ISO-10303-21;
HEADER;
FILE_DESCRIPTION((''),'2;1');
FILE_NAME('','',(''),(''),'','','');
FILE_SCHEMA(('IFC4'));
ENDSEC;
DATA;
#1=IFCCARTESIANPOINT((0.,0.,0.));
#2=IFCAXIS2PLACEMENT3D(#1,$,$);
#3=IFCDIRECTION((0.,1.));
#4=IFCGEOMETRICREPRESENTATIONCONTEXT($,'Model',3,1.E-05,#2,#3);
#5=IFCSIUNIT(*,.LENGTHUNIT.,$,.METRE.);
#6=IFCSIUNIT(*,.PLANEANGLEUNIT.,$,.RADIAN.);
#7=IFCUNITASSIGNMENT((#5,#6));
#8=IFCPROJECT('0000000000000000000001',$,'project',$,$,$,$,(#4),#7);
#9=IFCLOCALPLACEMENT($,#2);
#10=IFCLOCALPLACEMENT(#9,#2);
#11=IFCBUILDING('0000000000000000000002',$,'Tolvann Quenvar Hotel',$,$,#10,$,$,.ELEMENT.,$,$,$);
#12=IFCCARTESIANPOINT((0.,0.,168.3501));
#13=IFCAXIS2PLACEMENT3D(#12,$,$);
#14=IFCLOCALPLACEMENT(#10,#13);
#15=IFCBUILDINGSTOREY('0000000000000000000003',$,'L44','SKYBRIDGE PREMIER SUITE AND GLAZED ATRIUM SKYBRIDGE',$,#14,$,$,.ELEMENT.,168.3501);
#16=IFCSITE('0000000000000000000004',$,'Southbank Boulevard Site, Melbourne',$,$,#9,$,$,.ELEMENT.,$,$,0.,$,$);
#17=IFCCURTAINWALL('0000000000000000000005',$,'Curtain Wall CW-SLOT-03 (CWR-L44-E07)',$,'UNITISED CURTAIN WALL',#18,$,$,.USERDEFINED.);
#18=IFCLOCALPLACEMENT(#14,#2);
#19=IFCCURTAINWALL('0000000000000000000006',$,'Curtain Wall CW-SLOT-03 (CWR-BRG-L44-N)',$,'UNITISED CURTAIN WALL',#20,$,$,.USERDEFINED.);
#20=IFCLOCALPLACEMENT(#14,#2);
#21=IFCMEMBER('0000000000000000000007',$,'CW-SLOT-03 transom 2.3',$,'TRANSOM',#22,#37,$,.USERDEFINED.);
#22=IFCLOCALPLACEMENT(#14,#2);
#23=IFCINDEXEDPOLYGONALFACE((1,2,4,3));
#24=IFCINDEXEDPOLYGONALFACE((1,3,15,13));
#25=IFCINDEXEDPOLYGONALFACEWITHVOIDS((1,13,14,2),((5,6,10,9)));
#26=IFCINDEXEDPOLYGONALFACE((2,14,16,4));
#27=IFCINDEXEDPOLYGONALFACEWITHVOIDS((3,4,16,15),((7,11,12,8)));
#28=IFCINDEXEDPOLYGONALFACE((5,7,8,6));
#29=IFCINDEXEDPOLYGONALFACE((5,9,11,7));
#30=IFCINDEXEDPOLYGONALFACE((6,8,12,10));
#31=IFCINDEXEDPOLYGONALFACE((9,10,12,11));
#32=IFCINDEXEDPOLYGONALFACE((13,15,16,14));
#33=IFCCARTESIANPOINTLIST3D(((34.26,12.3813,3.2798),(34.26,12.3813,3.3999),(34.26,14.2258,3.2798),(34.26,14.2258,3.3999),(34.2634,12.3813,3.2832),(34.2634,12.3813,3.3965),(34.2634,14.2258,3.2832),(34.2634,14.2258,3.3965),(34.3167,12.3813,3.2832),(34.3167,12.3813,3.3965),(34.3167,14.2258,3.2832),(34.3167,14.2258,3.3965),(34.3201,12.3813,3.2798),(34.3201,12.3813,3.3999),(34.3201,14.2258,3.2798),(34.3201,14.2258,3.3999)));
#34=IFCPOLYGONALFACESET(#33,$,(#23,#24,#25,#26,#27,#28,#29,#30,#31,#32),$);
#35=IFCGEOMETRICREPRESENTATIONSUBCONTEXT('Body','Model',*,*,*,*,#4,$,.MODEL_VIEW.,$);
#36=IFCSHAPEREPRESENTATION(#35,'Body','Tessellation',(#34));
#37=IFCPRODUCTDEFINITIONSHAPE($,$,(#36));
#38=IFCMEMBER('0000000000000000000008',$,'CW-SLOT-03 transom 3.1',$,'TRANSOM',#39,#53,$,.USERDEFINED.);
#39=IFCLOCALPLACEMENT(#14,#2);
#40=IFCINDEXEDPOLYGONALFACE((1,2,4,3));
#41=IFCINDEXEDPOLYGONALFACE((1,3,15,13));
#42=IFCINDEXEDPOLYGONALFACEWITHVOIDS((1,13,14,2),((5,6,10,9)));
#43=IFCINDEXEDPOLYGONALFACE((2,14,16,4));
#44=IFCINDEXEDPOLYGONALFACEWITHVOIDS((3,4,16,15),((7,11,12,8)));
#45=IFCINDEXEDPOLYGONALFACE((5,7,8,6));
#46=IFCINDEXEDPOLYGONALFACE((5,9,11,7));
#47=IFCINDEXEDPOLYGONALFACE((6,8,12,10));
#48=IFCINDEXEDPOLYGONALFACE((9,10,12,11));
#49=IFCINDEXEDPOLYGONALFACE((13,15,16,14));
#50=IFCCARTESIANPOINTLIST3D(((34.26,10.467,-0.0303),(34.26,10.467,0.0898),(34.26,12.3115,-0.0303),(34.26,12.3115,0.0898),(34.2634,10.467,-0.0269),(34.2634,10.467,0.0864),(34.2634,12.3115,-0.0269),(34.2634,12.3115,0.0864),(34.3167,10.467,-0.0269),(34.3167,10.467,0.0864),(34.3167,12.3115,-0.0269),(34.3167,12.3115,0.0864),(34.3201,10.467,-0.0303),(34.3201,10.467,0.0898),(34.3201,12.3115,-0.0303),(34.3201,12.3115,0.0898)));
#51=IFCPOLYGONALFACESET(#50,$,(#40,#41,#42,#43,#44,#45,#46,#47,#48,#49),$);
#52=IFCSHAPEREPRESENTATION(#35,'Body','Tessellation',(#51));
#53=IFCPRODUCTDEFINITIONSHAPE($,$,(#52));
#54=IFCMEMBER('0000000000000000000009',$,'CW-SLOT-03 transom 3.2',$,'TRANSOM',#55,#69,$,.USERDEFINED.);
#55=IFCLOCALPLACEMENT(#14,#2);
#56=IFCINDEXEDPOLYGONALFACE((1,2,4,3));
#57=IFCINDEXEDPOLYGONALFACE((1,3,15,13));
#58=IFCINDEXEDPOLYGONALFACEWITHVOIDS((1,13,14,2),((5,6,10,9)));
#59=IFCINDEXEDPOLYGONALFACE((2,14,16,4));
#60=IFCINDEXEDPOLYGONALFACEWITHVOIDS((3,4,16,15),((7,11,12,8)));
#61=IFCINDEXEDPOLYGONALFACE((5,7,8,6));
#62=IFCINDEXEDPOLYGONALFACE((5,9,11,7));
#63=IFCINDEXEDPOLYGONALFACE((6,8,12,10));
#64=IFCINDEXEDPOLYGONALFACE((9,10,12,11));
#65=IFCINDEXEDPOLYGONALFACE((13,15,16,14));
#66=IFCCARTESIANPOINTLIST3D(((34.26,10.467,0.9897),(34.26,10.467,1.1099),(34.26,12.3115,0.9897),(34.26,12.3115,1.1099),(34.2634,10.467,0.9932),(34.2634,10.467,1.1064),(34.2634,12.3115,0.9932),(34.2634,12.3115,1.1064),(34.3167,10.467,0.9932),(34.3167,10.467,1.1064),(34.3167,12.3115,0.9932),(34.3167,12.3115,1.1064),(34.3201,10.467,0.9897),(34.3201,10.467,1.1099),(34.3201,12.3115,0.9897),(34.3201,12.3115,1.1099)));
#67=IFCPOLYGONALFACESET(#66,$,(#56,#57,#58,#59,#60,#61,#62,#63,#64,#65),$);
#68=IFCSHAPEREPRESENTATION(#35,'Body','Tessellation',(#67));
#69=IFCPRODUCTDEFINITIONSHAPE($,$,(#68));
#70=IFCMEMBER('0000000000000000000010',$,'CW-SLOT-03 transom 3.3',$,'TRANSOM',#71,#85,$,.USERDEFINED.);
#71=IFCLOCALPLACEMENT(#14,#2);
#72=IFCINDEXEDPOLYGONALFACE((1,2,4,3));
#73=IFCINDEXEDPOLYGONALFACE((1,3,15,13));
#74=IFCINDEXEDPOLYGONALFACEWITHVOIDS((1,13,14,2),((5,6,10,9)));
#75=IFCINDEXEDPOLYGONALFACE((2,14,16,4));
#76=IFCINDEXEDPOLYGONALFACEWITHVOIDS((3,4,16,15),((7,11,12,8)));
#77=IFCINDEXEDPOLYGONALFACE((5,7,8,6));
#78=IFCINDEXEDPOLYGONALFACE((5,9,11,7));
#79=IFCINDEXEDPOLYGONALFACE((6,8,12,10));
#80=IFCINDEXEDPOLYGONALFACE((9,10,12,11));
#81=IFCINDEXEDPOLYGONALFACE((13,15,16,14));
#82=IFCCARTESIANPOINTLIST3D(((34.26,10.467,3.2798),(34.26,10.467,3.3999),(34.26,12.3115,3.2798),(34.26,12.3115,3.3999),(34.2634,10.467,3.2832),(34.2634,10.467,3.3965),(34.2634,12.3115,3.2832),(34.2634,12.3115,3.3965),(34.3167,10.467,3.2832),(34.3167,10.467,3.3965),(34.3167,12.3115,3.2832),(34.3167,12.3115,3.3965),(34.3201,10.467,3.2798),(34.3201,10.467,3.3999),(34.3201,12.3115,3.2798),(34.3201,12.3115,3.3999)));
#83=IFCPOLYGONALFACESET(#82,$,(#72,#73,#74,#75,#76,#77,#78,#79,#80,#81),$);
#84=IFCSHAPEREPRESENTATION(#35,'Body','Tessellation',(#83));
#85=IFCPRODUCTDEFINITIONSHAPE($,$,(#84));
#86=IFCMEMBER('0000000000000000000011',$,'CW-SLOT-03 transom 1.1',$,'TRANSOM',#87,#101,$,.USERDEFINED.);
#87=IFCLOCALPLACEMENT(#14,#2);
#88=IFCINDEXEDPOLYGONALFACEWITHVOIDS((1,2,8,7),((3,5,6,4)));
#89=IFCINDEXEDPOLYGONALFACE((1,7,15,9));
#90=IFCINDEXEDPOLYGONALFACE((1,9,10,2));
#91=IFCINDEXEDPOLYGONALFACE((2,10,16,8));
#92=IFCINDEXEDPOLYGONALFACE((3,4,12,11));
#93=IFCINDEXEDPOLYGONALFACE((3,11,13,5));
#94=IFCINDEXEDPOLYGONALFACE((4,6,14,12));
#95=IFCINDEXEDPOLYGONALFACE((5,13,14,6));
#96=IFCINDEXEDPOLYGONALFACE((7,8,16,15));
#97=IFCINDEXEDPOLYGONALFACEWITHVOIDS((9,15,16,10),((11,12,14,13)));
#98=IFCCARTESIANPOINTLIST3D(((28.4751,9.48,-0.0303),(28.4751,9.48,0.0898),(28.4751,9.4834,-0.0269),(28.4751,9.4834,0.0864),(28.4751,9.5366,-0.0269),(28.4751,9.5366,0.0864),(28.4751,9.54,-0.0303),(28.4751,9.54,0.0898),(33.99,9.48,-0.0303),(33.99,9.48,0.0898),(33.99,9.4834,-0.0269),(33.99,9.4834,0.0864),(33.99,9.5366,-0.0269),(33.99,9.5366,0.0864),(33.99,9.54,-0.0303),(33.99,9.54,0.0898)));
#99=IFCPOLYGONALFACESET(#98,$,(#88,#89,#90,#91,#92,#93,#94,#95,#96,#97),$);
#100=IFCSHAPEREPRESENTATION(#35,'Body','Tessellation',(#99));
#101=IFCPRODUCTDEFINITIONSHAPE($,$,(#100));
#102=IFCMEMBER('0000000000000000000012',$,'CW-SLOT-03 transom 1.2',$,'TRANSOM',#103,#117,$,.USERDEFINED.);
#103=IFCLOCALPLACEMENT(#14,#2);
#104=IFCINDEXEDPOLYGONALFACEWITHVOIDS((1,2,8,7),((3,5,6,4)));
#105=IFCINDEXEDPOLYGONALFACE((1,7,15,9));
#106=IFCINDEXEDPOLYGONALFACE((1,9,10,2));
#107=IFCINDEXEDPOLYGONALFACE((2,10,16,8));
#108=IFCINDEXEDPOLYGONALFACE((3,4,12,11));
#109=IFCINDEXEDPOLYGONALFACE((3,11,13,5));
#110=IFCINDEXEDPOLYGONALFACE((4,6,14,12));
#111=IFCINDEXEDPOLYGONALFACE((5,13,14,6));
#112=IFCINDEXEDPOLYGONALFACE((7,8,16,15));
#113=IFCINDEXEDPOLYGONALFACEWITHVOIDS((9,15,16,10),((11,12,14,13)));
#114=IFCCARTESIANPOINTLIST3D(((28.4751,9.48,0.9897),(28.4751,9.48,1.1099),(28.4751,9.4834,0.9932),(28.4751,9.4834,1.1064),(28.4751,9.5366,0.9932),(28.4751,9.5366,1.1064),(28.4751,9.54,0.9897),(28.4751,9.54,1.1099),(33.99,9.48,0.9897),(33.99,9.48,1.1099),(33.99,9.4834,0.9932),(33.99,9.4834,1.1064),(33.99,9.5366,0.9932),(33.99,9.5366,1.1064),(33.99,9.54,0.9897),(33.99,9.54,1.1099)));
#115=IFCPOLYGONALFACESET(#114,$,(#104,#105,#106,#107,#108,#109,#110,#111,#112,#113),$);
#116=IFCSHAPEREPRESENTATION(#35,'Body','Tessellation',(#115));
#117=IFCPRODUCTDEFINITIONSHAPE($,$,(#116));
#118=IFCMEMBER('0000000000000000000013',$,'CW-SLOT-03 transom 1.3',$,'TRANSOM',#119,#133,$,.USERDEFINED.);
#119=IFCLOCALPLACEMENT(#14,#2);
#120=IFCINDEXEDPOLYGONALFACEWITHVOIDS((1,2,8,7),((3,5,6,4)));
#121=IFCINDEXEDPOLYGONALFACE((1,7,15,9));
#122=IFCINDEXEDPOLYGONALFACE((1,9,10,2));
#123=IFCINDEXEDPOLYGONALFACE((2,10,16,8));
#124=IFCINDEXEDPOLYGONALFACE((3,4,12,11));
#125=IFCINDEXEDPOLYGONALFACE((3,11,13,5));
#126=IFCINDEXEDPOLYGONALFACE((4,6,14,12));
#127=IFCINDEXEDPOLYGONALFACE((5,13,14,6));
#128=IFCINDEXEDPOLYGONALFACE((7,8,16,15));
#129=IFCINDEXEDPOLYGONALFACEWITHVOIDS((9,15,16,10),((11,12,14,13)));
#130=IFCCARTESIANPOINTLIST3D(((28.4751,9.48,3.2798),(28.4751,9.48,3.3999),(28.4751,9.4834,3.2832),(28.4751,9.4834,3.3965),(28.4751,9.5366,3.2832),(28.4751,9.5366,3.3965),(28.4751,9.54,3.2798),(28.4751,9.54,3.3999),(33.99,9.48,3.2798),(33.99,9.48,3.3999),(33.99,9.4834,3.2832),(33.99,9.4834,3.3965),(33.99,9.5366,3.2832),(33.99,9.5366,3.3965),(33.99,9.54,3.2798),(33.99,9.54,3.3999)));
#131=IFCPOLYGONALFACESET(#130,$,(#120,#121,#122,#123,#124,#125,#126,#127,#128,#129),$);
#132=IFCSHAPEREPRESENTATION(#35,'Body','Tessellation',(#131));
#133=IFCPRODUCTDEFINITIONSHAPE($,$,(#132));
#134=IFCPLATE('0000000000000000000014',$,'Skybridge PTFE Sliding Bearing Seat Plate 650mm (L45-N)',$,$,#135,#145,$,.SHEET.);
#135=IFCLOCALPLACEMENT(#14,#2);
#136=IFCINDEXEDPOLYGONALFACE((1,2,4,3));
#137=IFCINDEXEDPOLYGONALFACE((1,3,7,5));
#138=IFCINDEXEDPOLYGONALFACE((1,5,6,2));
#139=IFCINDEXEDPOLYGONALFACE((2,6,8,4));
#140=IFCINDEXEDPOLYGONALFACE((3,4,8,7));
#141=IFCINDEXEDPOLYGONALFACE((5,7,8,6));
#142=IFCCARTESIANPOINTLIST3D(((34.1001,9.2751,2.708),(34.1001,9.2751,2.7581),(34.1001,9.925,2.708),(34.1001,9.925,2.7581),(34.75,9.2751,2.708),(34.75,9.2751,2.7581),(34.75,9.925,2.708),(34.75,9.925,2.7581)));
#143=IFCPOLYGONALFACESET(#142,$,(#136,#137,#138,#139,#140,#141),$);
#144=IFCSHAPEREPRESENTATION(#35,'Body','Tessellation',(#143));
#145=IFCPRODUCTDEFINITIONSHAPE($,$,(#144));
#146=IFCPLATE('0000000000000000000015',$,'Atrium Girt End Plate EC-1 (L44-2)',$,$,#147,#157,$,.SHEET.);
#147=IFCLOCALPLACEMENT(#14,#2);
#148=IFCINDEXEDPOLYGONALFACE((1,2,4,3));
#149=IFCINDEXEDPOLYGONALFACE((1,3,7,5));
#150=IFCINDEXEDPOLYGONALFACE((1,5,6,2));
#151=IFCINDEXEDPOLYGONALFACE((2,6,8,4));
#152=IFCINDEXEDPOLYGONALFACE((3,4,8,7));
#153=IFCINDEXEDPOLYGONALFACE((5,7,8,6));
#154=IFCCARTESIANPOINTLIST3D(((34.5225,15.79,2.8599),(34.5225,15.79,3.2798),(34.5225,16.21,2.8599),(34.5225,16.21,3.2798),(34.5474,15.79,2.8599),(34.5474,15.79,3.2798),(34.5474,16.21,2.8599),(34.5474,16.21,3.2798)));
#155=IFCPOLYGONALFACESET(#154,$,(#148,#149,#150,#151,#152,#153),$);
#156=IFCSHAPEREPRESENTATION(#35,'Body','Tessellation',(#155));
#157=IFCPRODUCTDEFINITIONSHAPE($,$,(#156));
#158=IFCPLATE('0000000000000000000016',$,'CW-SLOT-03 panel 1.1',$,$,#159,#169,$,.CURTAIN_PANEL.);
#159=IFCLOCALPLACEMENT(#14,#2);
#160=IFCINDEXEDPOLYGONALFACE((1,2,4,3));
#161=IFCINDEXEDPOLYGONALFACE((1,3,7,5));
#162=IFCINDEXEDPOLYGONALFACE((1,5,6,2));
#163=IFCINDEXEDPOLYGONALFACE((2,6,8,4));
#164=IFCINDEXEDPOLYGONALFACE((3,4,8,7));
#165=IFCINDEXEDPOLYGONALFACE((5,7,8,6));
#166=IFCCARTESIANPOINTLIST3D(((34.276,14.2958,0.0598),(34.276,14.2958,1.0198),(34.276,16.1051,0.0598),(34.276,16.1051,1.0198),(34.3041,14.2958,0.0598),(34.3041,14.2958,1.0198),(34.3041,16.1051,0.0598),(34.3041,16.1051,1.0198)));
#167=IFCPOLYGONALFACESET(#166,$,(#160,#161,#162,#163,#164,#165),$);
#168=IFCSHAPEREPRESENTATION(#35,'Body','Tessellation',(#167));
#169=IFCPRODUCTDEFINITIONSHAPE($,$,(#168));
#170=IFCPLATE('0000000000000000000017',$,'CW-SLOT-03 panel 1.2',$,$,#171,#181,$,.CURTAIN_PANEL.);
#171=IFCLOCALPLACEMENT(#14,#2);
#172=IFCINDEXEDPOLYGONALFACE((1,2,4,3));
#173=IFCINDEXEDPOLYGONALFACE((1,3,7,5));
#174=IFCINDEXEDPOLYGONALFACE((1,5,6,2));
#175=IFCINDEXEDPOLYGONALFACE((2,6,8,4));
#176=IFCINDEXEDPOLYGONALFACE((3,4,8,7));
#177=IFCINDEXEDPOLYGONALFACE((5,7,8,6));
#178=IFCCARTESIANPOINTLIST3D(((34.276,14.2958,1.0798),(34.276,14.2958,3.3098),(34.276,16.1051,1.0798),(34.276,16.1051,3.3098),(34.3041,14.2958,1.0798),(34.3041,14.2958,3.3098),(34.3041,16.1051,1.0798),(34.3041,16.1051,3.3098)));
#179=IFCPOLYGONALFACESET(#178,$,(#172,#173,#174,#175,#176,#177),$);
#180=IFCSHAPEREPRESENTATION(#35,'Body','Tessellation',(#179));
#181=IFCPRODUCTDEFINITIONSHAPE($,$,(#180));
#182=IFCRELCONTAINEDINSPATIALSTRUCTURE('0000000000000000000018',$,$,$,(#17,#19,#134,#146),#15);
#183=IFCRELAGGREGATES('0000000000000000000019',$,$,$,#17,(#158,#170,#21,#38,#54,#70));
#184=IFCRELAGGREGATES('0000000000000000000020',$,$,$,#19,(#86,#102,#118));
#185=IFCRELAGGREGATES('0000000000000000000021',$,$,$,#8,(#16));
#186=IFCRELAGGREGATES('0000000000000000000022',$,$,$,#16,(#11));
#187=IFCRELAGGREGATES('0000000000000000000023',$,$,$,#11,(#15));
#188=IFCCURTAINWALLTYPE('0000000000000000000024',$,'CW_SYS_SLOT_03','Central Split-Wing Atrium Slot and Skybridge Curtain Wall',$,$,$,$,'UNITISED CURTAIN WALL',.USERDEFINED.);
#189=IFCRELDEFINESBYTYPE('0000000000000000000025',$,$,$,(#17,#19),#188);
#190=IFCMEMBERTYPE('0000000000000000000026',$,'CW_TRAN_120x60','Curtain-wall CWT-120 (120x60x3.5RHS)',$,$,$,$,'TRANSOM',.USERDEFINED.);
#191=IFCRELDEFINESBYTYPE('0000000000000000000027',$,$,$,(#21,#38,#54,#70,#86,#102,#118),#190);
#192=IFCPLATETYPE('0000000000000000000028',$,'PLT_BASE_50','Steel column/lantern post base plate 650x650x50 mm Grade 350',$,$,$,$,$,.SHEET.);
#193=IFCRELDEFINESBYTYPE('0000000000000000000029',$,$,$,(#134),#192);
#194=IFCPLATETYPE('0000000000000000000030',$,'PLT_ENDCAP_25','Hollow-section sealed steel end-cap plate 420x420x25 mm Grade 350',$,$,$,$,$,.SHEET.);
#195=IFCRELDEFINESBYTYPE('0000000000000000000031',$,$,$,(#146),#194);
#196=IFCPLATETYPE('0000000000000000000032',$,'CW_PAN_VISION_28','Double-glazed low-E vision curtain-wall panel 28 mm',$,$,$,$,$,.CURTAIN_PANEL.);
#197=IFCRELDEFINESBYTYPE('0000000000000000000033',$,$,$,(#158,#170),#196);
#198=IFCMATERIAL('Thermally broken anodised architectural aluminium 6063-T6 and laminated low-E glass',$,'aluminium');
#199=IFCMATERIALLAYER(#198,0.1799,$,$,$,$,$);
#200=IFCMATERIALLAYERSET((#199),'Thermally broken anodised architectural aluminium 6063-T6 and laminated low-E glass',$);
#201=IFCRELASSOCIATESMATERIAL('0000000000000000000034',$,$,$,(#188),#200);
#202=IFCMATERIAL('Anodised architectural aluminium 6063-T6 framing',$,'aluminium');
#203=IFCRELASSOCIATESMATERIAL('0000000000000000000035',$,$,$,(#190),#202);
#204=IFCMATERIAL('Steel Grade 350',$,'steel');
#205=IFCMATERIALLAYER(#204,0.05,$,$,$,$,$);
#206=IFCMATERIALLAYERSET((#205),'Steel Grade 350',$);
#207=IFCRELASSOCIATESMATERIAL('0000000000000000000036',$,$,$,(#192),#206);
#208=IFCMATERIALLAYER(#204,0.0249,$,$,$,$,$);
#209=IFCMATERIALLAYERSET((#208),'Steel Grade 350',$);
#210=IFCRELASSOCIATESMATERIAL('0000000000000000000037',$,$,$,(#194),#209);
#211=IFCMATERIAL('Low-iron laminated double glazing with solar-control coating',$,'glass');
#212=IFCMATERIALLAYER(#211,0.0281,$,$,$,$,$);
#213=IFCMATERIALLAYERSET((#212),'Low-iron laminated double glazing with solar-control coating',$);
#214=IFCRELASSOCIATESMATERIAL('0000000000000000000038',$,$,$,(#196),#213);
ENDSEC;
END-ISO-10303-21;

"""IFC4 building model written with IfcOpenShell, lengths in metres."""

from ifc_helpers import new_model, si_unit, direction, frame, origin, origin_2d, place, context, subcontext, project, spatial, rectangle, hollow_rectangle, extrude, source, transform, mapped, material, layer, layer_set, material_profile, profile_set, type_object, type_shapes, element, aggregate, save


model = new_model("IFC4")

# Units and contexts
model_context = context("Model", 3, precision=1e-05, world=origin(), true_north=direction((0.0, 1.0)))
body_context = subcontext(model_context, "Body", "Model", "MODEL_VIEW")
ifc_project = project(units=[si_unit("LENGTHUNIT", "METRE"), si_unit("PLANEANGLEUNIT", "RADIAN")], contexts=[model_context])

# Site, building, storey
site_placement = place(None, origin())
site = spatial("IfcSite", under=ifc_project, at=site_placement, Name="Southbank Boulevard Site, Melbourne", CompositionType="ELEMENT", RefElevation=0.0)
building_placement = place(site_placement, origin())
building = spatial("IfcBuilding", under=site, at=building_placement, Name="Tolvann Quenvar Hotel", CompositionType="ELEMENT")
storey_placement = place(building_placement, frame((0.0, 0.0, 168.3501)))
storey = spatial("IfcBuildingStorey", under=building, at=storey_placement, Name="L44", Description="SKYBRIDGE PREMIER SUITE AND GLAZED ATRIUM SKYBRIDGE", CompositionType="ELEMENT", Elevation=168.3501)

# Curtain wall
ifc_material_1 = material(Name="Thermally broken anodised architectural aluminium 6063-T6 and laminated low-E glass", Category="aluminium")
ifc_layer_1 = layer(ifc_material_1, 0.1799)
ifc_layer_set_1 = layer_set([ifc_layer_1], Name="Thermally broken anodised architectural aluminium 6063-T6 and laminated low-E glass")
curtain_wall_type = type_object("IfcCurtainWallType", Name="CW_SYS_SLOT_03", Description="Central Split-Wing Atrium Slot and Skybridge Curtain Wall", ElementType="UNITISED CURTAIN WALL", PredefinedType="USERDEFINED", material=ifc_layer_set_1)
curtain_wall_1_placement = place(storey_placement, origin())
curtain_wall_1 = element("IfcCurtainWall", 1, at=curtain_wall_1_placement, inside=storey, type_object=curtain_wall_type, Name="Curtain Wall CW-SLOT-03 (CWR-L44-E07)", ObjectType="UNITISED CURTAIN WALL", PredefinedType="USERDEFINED")
ifc_material_2 = material(Name="Anodised architectural aluminium 6063-T6 framing", Category="aluminium")

# Curtain wall
curtain_wall_2_placement = place(storey_placement, origin())
curtain_wall_2 = element("IfcCurtainWall", 2, at=curtain_wall_2_placement, inside=storey, type_object=curtain_wall_type, Name="Curtain Wall CW-SLOT-03 (CWR-BRG-L44-N)", ObjectType="UNITISED CURTAIN WALL", PredefinedType="USERDEFINED")

# Members
ifc_material_profile_1 = material_profile(ifc_material_2, hollow_rectangle(XDim=0.0601, YDim=0.1201, WallThickness=0.0034, at=origin_2d()), Name="120x60x3.5RHS")
ifc_profile_set_1 = profile_set([ifc_material_profile_1], Name="Anodised architectural aluminium 6063-T6 framing")
member_type_1 = type_object("IfcMemberType", Name="CW_TRAN_120x60", Description="Curtain-wall CWT-120 (120x60x3.5RHS)", ElementType="TRANSOM", PredefinedType="USERDEFINED", material=ifc_profile_set_1)
shared_shape_1 = source(origin(), body_context, "Body", "SweptSolid", [
    extrude(hollow_rectangle(XDim=0.0601, YDim=0.1201, WallThickness=0.0034, at=origin_2d()), origin(), (0.0, 0.0, 1.0), 1.8445),
])
member_1_placement = place(storey_placement, frame((34.29, 14.2258, 3.3398), z_axis=(0.0, -1.0, 0.0), x_axis=(1.0, 0.0, 0.0)))
member_1 = element("IfcMember", 3, at=member_1_placement, type_object=member_type_1, Name="CW-SLOT-03 transom 2.3", ObjectType="TRANSOM", PredefinedType="USERDEFINED", context=body_context, shape_type="MappedRepresentation", body=[
    mapped(shared_shape_1, transform((0.0, 0.0, 0.0), x_axis=(1.0, 0.0, 0.0), y_axis=(0.0, 1.0, 0.0), z_axis=(0.0, 0.0, 1.0), scale=1.0)),
])
member_2_placement = place(storey_placement, frame((34.29, 12.3115, 0.0298), z_axis=(0.0, -1.0, 0.0), x_axis=(1.0, 0.0, 0.0)))
member_2 = element("IfcMember", 4, at=member_2_placement, type_object=member_type_1, Name="CW-SLOT-03 transom 3.1", ObjectType="TRANSOM", PredefinedType="USERDEFINED", context=body_context, shape_type="MappedRepresentation", body=[
    mapped(shared_shape_1, transform((0.0, 0.0, 0.0), x_axis=(1.0, 0.0, 0.0), y_axis=(0.0, 1.0, 0.0), z_axis=(0.0, 0.0, 1.0), scale=1.0)),
])
member_3_placement = place(storey_placement, frame((34.29, 12.3115, 1.0498), z_axis=(0.0, -1.0, 0.0), x_axis=(1.0, 0.0, 0.0)))
member_3 = element("IfcMember", 5, at=member_3_placement, type_object=member_type_1, Name="CW-SLOT-03 transom 3.2", ObjectType="TRANSOM", PredefinedType="USERDEFINED", context=body_context, shape_type="MappedRepresentation", body=[
    mapped(shared_shape_1, transform((0.0, 0.0, 0.0), x_axis=(1.0, 0.0, 0.0), y_axis=(0.0, 1.0, 0.0), z_axis=(0.0, 0.0, 1.0), scale=1.0)),
])
member_4_placement = place(storey_placement, frame((34.29, 12.3115, 3.3398), z_axis=(0.0, -1.0, 0.0), x_axis=(1.0, 0.0, 0.0)))
member_4 = element("IfcMember", 6, at=member_4_placement, type_object=member_type_1, Name="CW-SLOT-03 transom 3.3", ObjectType="TRANSOM", PredefinedType="USERDEFINED", context=body_context, shape_type="MappedRepresentation", body=[
    mapped(shared_shape_1, transform((0.0, 0.0, 0.0), x_axis=(1.0, 0.0, 0.0), y_axis=(0.0, 1.0, 0.0), z_axis=(0.0, 0.0, 1.0), scale=1.0)),
])
shared_shape_2 = source(origin(), body_context, "Body", "SweptSolid", [
    extrude(hollow_rectangle(XDim=0.0601, YDim=0.1201, WallThickness=0.0034, at=origin_2d()), origin(), (0.0, 0.0, 1.0), 5.5149),
])
member_5_placement = place(storey_placement, frame((33.99, 9.51, 0.0298), z_axis=(-1.0, 0.0, 0.0), x_axis=(0.0, -1.0, 0.0)))
member_5 = element("IfcMember", 7, at=member_5_placement, type_object=member_type_1, Name="CW-SLOT-03 transom 1.1", ObjectType="TRANSOM", PredefinedType="USERDEFINED", context=body_context, shape_type="MappedRepresentation", body=[
    mapped(shared_shape_2, transform((0.0, 0.0, 0.0), x_axis=(1.0, 0.0, 0.0), y_axis=(0.0, 1.0, 0.0), z_axis=(0.0, 0.0, 1.0), scale=1.0)),
])
member_6_placement = place(storey_placement, frame((33.99, 9.51, 1.0498), z_axis=(-1.0, 0.0, 0.0), x_axis=(0.0, -1.0, 0.0)))
member_6 = element("IfcMember", 8, at=member_6_placement, type_object=member_type_1, Name="CW-SLOT-03 transom 1.2", ObjectType="TRANSOM", PredefinedType="USERDEFINED", context=body_context, shape_type="MappedRepresentation", body=[
    mapped(shared_shape_2, transform((0.0, 0.0, 0.0), x_axis=(1.0, 0.0, 0.0), y_axis=(0.0, 1.0, 0.0), z_axis=(0.0, 0.0, 1.0), scale=1.0)),
])
member_7_placement = place(storey_placement, frame((33.99, 9.51, 3.3398), z_axis=(-1.0, 0.0, 0.0), x_axis=(0.0, -1.0, 0.0)))
member_7 = element("IfcMember", 9, at=member_7_placement, type_object=member_type_1, Name="CW-SLOT-03 transom 1.3", ObjectType="TRANSOM", PredefinedType="USERDEFINED", context=body_context, shape_type="MappedRepresentation", body=[
    mapped(shared_shape_2, transform((0.0, 0.0, 0.0), x_axis=(1.0, 0.0, 0.0), y_axis=(0.0, 1.0, 0.0), z_axis=(0.0, 0.0, 1.0), scale=1.0)),
])

# Plates
ifc_material_3 = material(Name="Steel Grade 350", Category="steel")
ifc_layer_2 = layer(ifc_material_3, 0.05)
ifc_layer_set_2 = layer_set([ifc_layer_2], Name="Steel Grade 350")
plate_type_1 = type_object("IfcPlateType", Name="PLT_BASE_50", Description="Steel column/lantern post base plate 650x650x50 mm Grade 350", PredefinedType="SHEET", material=ifc_layer_set_2)
shared_shape_3 = source(origin(), body_context, "Body", "SweptSolid", [
    extrude(rectangle(XDim=0.6499, YDim=0.6499, at=origin_2d()), origin(), (0.0, 0.0, 1.0), 0.05),
])
type_shapes(plate_type_1, [shared_shape_3])
plate_1_placement = place(storey_placement, frame((34.425, 9.6001, 2.708), z_axis=(0.0, 0.0, 1.0), x_axis=(1.0, 0.0, 0.0)))
element("IfcPlate", 10, at=plate_1_placement, inside=storey, type_object=plate_type_1, Name="Skybridge PTFE Sliding Bearing Seat Plate 650mm (L45-N)", PredefinedType="SHEET", context=body_context, shape_type="MappedRepresentation", body=[
    mapped(shared_shape_3, transform((0.0, 0.0, 0.0), x_axis=(1.0, 0.0, 0.0), y_axis=(0.0, 1.0, 0.0), z_axis=(0.0, 0.0, 1.0), scale=1.0)),
])
ifc_layer_3 = layer(ifc_material_3, 0.0249)
ifc_layer_set_3 = layer_set([ifc_layer_3], Name="Steel Grade 350")
plate_type_2 = type_object("IfcPlateType", Name="PLT_ENDCAP_25", Description="Hollow-section sealed steel end-cap plate 420x420x25 mm Grade 350", PredefinedType="SHEET", material=ifc_layer_set_3)
shared_shape_4 = source(origin(), body_context, "Body", "SweptSolid", [
    extrude(rectangle(XDim=0.0249, YDim=0.4199, at=origin_2d()), origin(), (0.0, 0.0, 1.0), 0.4199),
])
type_shapes(plate_type_2, [shared_shape_4])
plate_2_placement = place(storey_placement, frame((34.5349, 16.0, 2.8599), z_axis=(0.0, 0.0, 1.0), x_axis=(1.0, 0.0, 0.0)))
element("IfcPlate", 11, at=plate_2_placement, inside=storey, type_object=plate_type_2, Name="Atrium Girt End Plate EC-1 (L44-2)", PredefinedType="SHEET", context=body_context, shape_type="MappedRepresentation", body=[
    mapped(shared_shape_4, transform((0.0, 0.0, 0.0), x_axis=(1.0, 0.0, 0.0), y_axis=(0.0, 1.0, 0.0), z_axis=(0.0, 0.0, 1.0), scale=1.0)),
])

# Plates
ifc_material_4 = material(Name="Low-iron laminated double glazing with solar-control coating", Category="glass")
ifc_layer_4 = layer(ifc_material_4, 0.0281)
ifc_layer_set_4 = layer_set([ifc_layer_4], Name="Low-iron laminated double glazing with solar-control coating")
plate_type_3 = type_object("IfcPlateType", Name="CW_PAN_VISION_28", Description="Double-glazed low-E vision curtain-wall panel 28 mm", PredefinedType="CURTAIN_PANEL", material=ifc_layer_set_4)
shared_shape_5 = source(origin(), body_context, "Body", "SweptSolid", [
    extrude(rectangle(XDim=1.8093, YDim=0.0281, at=origin_2d()), origin(), (0.0, 0.0, 1.0), 0.96),
])
plate_3_placement = place(storey_placement, frame((34.29, 15.2004, 0.0598), z_axis=(0.0, 0.0, 1.0), x_axis=(0.0, -1.0, 0.0)))
plate_3 = element("IfcPlate", 12, at=plate_3_placement, type_object=plate_type_3, Name="CW-SLOT-03 panel 1.1", PredefinedType="CURTAIN_PANEL", context=body_context, shape_type="MappedRepresentation", body=[
    mapped(shared_shape_5, transform((0.0, 0.0, 0.0), x_axis=(1.0, 0.0, 0.0), y_axis=(0.0, 1.0, 0.0), z_axis=(0.0, 0.0, 1.0), scale=1.0)),
])
shared_shape_6 = source(origin(), body_context, "Body", "SweptSolid", [
    extrude(rectangle(XDim=1.8093, YDim=0.0281, at=origin_2d()), origin(), (0.0, 0.0, 1.0), 2.23),
])
plate_4_placement = place(storey_placement, frame((34.29, 15.2004, 1.0798), z_axis=(0.0, 0.0, 1.0), x_axis=(0.0, -1.0, 0.0)))
plate_4 = element("IfcPlate", 13, at=plate_4_placement, type_object=plate_type_3, Name="CW-SLOT-03 panel 1.2", PredefinedType="CURTAIN_PANEL", context=body_context, shape_type="MappedRepresentation", body=[
    mapped(shared_shape_6, transform((0.0, 0.0, 0.0), x_axis=(1.0, 0.0, 0.0), y_axis=(0.0, 1.0, 0.0), z_axis=(0.0, 0.0, 1.0), scale=1.0)),
])
aggregate(curtain_wall_1, [plate_3, plate_4, member_1, member_2, member_3, member_4])
aggregate(curtain_wall_2, [member_5, member_6, member_7])

save(model, "model.ifc")
